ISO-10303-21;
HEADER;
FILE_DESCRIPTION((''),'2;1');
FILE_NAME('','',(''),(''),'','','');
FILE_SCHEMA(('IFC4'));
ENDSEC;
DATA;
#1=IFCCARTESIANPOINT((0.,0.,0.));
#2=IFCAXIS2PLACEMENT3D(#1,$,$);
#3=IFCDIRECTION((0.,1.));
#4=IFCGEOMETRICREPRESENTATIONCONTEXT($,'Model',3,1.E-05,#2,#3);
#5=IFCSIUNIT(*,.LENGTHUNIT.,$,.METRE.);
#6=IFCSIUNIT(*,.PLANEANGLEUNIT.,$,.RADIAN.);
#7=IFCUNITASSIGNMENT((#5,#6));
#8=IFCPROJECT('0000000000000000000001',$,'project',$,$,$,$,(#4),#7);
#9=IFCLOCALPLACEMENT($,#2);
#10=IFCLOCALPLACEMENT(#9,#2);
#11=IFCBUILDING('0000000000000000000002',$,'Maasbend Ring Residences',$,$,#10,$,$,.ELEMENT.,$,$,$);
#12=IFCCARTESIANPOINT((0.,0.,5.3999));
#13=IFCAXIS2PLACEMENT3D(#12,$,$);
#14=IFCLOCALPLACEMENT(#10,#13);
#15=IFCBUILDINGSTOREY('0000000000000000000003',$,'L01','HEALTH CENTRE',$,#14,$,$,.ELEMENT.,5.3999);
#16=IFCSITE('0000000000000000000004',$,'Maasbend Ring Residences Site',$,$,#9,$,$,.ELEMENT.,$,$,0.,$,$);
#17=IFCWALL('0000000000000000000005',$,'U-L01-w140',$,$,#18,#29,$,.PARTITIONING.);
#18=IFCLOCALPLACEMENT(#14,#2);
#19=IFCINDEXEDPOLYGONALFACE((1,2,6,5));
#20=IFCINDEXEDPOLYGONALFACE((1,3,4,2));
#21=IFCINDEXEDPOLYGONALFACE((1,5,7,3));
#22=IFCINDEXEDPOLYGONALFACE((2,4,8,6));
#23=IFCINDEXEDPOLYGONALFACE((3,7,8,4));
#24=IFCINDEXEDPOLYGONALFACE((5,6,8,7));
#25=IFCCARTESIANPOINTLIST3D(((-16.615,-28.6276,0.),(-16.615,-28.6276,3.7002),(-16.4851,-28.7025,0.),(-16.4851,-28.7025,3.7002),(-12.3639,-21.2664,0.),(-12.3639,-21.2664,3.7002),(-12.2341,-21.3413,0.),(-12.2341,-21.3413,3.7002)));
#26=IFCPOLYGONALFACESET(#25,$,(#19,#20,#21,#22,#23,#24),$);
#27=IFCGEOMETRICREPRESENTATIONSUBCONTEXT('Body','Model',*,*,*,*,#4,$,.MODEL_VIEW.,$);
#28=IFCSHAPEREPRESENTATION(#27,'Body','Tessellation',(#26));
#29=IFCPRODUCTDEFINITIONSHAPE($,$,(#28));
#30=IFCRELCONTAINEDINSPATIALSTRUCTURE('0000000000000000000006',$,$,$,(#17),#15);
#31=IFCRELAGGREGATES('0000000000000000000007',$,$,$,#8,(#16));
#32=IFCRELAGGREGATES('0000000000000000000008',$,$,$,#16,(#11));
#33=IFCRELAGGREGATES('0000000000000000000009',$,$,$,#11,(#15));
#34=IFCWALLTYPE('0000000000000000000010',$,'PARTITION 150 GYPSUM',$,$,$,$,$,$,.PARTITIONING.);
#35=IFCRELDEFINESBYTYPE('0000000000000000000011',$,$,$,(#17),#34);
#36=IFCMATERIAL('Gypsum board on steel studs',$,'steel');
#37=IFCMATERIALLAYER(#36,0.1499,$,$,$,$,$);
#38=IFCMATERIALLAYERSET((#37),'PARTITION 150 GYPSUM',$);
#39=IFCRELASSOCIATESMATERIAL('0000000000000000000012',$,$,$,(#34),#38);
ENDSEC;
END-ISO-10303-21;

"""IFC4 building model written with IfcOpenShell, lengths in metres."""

from ifc_helpers import new_model, si_unit, direction, frame, frame_2d, origin, place, context, subcontext, project, spatial, rectangle, extrude, material, layer, layer_set, type_object, element, save


model = new_model("IFC4")

# Units and contexts
model_context = context("Model", 3, precision=1e-05, world=origin(), true_north=direction((0.0, 1.0)))
body_context = subcontext(model_context, "Body", "Model", "MODEL_VIEW")
ifc_project = project(units=[si_unit("LENGTHUNIT", "METRE"), si_unit("PLANEANGLEUNIT", "RADIAN")], contexts=[model_context])

# Site, building, storey
site_placement = place(None, origin())
site = spatial("IfcSite", under=ifc_project, at=site_placement, Name="Maasbend Ring Residences Site", CompositionType="ELEMENT", RefElevation=0.0)
building_placement = place(site_placement, origin())
building = spatial("IfcBuilding", under=site, at=building_placement, Name="Maasbend Ring Residences", CompositionType="ELEMENT")
storey_placement = place(building_placement, frame((0.0, 0.0, 5.3999)))
storey = spatial("IfcBuildingStorey", under=building, at=storey_placement, Name="L01", Description="HEALTH CENTRE", CompositionType="ELEMENT", Elevation=5.3999)

# Shared definitions
ifc_material_1 = material(Name="Gypsum board on steel studs", Category="steel")
ifc_layer_1 = layer(ifc_material_1, 0.1499)
ifc_layer_set_1 = layer_set([ifc_layer_1], Name="PARTITION 150 GYPSUM")
wall_type_1 = type_object("IfcWallType", Name="PARTITION 150 GYPSUM", PredefinedType="PARTITIONING", material=ifc_layer_set_1)

# Wall
wall_1_placement = place(storey_placement, frame((-16.55, -28.665, 0.0), z_axis=(0.0, 0.0, 1.0), x_axis=(0.500093, 0.865972, 0.0)))
element("IfcWall", 1, at=wall_1_placement, inside=storey, type_object=wall_type_1, Name="U-L01-w140", PredefinedType="PARTITIONING", context=body_context, shape_type="SweptSolid", body=[
    extrude(rectangle(XDim=8.5005, YDim=0.1499, at=frame_2d((4.2502, 0.0))), origin(), (0.0, 0.0, 1.0), 3.7002),
])

save(model, "model.ifc")
